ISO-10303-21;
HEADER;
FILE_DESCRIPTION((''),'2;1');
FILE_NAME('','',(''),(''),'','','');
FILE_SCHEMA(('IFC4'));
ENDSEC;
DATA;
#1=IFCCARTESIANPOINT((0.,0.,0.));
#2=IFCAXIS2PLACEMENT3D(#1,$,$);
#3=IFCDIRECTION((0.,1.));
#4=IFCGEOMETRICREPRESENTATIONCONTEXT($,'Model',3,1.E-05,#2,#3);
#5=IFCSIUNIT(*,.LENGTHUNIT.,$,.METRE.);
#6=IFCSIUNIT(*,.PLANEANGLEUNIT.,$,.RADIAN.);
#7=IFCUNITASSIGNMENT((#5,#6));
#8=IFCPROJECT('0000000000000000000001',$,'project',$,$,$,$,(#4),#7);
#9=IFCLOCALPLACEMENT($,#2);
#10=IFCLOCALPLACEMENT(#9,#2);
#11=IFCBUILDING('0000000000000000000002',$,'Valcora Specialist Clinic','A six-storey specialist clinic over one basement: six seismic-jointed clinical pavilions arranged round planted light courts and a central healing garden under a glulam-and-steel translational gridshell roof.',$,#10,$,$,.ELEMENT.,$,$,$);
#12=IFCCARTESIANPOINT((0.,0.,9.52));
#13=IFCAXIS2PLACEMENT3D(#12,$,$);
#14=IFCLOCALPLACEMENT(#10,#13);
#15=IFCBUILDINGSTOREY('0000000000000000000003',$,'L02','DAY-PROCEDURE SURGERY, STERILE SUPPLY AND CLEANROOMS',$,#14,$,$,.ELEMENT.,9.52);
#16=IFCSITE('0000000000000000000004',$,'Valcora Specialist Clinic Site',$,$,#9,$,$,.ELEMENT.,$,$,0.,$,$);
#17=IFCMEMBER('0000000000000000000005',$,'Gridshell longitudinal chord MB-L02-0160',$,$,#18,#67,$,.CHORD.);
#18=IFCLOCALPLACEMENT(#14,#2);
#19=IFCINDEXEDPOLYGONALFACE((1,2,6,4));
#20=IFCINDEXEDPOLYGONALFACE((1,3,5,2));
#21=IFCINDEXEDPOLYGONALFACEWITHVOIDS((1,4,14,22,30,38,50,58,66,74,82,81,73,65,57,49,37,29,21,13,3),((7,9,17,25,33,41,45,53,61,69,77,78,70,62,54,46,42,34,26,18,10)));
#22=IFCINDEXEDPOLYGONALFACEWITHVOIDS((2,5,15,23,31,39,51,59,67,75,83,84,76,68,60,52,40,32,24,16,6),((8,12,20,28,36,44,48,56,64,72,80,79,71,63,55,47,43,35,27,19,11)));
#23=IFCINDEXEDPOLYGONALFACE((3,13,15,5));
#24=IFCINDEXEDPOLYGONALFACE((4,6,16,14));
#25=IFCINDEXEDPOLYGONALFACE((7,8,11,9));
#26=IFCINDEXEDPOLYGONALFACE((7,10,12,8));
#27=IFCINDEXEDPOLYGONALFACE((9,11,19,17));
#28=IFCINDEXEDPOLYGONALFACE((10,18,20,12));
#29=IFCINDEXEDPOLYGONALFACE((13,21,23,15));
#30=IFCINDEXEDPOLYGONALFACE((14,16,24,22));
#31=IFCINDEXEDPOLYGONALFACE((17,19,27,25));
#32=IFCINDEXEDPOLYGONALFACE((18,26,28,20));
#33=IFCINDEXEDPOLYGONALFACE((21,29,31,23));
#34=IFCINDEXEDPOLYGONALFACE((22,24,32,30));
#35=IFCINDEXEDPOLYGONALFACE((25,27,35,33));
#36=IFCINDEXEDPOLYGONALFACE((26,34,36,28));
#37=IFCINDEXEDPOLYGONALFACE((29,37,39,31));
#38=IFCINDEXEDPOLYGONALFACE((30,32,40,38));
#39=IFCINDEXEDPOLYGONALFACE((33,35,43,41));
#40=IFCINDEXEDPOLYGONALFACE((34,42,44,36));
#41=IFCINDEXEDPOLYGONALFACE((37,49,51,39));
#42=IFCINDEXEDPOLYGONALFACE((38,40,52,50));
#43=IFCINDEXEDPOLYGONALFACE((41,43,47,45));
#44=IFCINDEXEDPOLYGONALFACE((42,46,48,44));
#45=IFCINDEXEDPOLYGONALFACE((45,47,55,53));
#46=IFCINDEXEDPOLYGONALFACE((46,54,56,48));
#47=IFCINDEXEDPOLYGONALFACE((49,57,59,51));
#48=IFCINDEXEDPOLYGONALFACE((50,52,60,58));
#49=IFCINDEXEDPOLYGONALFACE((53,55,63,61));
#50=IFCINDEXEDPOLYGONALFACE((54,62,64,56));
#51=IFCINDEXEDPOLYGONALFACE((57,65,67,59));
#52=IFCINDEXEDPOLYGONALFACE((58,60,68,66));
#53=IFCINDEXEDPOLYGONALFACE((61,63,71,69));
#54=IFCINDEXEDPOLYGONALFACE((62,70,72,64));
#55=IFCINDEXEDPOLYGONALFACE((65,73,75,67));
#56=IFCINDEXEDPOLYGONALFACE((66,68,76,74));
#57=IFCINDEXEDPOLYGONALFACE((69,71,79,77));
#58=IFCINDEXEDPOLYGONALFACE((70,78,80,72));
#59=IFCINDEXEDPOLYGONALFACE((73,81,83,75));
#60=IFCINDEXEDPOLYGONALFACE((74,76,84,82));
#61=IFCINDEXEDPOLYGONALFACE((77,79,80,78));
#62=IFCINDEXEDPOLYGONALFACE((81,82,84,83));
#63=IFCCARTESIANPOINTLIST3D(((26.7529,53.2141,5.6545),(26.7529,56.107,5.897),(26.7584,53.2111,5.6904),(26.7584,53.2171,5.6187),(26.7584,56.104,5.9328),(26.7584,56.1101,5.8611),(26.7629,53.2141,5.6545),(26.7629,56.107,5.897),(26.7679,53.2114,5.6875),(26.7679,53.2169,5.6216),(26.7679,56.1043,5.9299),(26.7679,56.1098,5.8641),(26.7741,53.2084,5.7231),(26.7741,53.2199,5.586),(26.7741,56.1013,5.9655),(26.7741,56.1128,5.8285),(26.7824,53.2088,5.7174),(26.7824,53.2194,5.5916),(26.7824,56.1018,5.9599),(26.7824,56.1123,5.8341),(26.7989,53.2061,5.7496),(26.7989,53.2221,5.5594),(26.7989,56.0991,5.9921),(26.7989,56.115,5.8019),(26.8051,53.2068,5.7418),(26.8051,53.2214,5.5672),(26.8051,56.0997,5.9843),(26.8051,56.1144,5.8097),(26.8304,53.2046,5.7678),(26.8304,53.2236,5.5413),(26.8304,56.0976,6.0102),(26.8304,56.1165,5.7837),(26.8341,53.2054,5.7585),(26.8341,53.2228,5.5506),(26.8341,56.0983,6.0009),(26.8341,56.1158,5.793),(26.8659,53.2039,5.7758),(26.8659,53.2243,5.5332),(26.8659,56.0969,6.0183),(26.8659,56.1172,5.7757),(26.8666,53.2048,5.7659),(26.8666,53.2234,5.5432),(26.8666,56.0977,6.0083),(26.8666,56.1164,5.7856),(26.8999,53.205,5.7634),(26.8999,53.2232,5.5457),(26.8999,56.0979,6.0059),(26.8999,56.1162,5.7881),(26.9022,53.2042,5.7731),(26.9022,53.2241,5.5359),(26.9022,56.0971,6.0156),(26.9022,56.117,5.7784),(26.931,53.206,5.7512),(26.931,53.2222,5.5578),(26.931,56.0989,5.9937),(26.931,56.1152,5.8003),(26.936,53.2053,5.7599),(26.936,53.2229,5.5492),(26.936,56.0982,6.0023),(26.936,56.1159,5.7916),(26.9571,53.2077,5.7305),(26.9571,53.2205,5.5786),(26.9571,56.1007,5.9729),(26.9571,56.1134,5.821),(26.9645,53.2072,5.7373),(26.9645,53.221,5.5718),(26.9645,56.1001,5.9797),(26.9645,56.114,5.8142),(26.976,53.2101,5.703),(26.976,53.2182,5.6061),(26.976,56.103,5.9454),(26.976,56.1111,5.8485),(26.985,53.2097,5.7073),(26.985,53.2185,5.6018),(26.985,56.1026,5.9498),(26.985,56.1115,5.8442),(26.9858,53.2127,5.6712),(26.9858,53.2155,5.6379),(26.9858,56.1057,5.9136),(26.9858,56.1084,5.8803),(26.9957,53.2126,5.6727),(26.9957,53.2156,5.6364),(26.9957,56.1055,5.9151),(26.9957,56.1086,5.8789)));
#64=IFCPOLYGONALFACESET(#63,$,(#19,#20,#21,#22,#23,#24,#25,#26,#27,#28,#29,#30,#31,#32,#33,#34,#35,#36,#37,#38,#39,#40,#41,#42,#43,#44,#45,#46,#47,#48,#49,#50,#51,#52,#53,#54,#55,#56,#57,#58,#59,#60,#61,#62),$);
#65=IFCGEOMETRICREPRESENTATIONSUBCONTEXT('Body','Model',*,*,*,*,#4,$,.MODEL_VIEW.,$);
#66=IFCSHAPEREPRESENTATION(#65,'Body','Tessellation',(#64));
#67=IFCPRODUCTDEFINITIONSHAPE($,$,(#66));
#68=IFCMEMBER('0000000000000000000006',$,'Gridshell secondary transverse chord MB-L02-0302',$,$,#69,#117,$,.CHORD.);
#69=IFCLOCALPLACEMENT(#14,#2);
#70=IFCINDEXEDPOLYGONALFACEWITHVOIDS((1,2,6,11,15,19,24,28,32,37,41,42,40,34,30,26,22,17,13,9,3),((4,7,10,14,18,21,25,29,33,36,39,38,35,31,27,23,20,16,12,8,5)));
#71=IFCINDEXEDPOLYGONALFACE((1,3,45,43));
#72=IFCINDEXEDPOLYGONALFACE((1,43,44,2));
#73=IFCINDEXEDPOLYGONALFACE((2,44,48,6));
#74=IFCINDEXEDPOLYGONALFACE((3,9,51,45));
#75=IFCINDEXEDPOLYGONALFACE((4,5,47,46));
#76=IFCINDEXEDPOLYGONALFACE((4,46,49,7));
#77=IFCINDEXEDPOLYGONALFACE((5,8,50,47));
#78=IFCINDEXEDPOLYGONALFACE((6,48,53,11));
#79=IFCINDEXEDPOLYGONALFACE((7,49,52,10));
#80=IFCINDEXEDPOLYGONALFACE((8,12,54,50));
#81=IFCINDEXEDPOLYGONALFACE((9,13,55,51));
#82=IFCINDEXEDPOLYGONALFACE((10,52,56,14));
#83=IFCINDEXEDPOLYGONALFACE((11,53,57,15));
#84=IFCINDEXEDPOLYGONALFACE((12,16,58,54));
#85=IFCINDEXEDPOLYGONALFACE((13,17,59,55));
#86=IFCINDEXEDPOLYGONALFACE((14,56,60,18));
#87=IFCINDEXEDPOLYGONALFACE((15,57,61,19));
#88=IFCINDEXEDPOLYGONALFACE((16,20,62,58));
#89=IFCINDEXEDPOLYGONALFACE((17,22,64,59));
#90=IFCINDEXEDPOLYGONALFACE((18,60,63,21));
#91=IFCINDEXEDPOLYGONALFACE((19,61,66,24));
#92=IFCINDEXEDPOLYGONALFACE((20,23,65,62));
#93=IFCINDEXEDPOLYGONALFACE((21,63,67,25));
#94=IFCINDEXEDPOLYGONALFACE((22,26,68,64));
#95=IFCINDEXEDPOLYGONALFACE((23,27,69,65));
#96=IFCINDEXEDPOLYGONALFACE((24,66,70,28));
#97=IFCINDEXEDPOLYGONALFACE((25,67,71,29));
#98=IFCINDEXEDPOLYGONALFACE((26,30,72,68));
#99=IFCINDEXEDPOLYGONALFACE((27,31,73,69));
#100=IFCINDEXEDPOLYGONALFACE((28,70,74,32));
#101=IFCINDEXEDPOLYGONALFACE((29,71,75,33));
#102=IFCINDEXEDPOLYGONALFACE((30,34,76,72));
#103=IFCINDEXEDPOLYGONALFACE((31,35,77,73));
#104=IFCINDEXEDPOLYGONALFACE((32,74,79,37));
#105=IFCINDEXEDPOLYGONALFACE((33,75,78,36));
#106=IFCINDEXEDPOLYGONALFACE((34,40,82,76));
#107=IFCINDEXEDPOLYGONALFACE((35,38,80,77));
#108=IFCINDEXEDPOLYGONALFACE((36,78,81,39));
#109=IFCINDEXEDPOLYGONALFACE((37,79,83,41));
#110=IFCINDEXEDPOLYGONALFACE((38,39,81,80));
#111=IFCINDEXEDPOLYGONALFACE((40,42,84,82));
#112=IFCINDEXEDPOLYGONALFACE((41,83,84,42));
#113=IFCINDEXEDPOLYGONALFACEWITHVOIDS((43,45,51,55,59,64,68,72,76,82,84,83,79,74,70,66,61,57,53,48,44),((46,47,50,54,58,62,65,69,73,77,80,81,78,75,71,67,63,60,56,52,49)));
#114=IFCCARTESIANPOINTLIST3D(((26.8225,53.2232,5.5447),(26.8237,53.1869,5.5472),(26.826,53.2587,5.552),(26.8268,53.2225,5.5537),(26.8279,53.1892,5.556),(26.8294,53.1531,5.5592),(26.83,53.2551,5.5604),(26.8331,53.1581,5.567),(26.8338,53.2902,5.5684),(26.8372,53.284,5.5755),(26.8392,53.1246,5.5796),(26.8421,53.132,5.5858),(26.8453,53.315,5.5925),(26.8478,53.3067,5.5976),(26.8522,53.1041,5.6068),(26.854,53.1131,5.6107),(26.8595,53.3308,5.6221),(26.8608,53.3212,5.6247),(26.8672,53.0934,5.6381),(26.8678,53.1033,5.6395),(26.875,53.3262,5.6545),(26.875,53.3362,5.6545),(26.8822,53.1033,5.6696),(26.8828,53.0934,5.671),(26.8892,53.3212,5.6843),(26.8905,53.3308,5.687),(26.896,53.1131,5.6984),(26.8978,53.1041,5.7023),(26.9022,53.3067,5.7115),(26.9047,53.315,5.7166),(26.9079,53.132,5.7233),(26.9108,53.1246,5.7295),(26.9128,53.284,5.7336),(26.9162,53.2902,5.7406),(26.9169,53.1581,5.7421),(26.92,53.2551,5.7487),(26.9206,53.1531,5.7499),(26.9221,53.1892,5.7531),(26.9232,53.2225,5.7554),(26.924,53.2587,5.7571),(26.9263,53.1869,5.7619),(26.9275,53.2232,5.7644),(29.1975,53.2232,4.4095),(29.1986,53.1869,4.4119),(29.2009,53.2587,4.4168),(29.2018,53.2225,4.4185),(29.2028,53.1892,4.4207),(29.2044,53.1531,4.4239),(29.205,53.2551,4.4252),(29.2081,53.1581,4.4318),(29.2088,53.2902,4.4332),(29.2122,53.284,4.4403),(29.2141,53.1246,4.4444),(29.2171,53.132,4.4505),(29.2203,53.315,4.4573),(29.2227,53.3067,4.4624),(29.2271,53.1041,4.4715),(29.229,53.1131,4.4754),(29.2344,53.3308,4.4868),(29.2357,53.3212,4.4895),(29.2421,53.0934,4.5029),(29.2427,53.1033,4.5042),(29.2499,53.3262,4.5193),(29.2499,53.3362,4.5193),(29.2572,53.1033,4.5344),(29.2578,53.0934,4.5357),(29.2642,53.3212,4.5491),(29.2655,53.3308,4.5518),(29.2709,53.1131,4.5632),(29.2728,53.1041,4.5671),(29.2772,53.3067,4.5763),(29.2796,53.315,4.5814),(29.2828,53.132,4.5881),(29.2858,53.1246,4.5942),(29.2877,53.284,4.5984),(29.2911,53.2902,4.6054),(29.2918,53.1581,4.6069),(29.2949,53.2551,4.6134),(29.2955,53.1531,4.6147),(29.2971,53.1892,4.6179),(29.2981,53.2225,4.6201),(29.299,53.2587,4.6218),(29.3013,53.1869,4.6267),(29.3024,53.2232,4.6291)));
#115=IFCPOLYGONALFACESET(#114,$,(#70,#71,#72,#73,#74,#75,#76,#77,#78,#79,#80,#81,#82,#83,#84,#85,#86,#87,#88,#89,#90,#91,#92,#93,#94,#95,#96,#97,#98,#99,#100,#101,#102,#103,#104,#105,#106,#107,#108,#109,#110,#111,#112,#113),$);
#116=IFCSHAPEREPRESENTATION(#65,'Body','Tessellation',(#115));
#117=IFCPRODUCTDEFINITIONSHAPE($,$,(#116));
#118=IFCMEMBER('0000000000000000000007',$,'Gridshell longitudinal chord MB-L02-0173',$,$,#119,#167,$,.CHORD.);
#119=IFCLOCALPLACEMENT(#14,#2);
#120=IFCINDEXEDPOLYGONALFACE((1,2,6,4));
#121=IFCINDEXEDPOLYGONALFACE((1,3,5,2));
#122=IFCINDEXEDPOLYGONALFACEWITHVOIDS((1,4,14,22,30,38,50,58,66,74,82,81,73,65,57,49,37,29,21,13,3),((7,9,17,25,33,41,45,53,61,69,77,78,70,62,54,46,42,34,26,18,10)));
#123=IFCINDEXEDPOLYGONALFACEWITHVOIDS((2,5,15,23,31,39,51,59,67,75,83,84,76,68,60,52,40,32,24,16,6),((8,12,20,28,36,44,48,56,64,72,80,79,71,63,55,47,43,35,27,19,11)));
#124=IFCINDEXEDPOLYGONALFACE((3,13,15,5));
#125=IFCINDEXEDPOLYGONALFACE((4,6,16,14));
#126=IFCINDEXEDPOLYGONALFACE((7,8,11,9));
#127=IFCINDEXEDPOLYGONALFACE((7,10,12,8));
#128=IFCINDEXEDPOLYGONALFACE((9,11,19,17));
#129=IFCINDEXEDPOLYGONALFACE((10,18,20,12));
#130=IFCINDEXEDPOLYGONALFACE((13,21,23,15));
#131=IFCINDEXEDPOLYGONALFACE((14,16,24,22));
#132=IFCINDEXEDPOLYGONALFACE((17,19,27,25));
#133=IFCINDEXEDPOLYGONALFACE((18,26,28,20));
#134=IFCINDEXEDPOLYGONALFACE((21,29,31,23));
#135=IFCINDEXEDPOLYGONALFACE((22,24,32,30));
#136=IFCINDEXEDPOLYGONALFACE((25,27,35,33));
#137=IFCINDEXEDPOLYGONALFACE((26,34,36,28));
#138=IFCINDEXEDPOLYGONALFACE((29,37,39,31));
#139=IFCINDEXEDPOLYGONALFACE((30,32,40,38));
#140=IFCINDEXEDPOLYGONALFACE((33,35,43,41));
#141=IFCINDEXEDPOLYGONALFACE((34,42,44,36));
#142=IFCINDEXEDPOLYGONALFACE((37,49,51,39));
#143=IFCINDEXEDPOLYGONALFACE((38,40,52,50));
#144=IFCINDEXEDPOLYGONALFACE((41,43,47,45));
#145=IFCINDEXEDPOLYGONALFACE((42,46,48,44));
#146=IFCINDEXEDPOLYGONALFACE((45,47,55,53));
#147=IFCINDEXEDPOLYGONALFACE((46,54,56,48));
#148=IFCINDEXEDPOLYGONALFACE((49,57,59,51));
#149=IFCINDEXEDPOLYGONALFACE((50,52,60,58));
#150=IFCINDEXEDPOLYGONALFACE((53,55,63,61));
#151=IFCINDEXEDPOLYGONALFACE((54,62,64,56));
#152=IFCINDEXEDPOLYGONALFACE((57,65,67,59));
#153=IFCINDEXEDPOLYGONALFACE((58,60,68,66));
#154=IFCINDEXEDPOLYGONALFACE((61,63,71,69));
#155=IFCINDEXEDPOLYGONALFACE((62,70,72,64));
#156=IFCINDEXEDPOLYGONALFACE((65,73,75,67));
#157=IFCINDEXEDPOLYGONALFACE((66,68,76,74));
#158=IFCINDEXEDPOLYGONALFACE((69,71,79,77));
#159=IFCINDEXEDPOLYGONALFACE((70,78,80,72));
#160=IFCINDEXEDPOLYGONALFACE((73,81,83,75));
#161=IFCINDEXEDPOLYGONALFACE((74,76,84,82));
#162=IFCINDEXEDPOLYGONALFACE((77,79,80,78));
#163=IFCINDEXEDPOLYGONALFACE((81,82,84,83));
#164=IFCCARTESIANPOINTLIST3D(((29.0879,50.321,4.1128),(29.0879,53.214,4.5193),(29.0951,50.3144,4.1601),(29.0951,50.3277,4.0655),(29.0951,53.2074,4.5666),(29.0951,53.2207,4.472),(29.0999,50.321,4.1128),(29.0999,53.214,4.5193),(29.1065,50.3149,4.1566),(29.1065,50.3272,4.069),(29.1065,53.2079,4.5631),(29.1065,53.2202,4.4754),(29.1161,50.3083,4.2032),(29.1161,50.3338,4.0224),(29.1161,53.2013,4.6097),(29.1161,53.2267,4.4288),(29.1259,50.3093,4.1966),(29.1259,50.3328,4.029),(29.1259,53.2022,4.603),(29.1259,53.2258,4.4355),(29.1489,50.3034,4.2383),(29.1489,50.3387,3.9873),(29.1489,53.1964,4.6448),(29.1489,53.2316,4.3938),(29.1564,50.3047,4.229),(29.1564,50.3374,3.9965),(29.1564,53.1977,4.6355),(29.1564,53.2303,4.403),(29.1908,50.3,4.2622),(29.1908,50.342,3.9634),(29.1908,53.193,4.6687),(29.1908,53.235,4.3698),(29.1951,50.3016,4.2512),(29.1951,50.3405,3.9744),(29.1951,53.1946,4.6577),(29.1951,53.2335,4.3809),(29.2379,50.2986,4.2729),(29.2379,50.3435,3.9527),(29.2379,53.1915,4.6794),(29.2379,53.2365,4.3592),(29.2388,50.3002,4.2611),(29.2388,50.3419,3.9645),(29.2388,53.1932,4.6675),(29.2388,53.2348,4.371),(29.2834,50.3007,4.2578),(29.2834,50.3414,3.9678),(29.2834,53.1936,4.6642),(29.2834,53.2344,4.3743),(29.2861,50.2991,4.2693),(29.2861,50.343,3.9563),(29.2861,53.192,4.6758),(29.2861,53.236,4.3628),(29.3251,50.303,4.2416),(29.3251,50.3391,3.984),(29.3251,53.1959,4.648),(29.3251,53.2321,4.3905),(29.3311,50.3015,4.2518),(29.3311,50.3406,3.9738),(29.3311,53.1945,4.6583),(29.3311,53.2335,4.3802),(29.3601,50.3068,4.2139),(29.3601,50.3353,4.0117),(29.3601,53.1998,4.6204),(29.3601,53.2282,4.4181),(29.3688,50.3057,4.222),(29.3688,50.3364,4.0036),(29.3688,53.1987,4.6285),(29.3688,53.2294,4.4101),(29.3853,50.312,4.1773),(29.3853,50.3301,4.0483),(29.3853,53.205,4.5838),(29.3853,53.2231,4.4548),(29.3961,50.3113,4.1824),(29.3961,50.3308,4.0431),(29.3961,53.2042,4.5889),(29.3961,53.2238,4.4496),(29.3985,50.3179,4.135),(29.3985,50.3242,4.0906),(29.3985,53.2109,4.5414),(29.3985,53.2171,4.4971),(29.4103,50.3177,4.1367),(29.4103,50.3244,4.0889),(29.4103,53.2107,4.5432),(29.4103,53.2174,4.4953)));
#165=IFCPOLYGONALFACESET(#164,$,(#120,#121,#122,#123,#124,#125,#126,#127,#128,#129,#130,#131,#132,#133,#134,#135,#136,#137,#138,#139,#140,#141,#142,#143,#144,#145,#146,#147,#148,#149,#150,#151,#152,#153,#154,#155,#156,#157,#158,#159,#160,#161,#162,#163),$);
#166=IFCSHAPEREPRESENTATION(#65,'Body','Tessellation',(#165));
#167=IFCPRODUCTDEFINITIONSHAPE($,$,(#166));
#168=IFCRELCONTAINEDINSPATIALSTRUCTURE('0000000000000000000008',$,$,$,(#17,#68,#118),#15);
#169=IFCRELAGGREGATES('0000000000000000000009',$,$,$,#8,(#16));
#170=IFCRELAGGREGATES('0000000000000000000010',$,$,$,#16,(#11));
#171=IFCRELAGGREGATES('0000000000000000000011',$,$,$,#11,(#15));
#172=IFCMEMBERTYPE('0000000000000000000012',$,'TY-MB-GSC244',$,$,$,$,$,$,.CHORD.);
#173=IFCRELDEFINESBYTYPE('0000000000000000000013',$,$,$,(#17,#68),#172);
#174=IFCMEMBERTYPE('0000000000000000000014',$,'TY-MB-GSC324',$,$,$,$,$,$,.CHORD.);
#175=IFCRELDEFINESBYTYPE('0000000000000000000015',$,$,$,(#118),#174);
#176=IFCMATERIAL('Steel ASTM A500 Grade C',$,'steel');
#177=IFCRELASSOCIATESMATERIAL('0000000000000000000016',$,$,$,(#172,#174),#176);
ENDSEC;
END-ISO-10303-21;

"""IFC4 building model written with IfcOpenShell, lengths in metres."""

from ifc_helpers import new_model, si_unit, direction, frame, origin, origin_2d, place, context, subcontext, project, spatial, hollow_circle, extrude, material, material_profile, profile_set, type_object, element, save


model = new_model("IFC4")

# Units and contexts
model_context = context("Model", 3, precision=1e-05, world=origin(), true_north=direction((0.0, 1.0)))
body_context = subcontext(model_context, "Body", "Model", "MODEL_VIEW")
ifc_project = project(units=[si_unit("LENGTHUNIT", "METRE"), si_unit("PLANEANGLEUNIT", "RADIAN")], contexts=[model_context])

# Site, building, storey
site_placement = place(None, origin())
site = spatial("IfcSite", under=ifc_project, at=site_placement, Name="Valcora Specialist Clinic Site", CompositionType="ELEMENT", RefElevation=0.0)
building_placement = place(site_placement, origin())
building = spatial("IfcBuilding", under=site, at=building_placement, Name="Valcora Specialist Clinic", Description="A six-storey specialist clinic over one basement: six seismic-jointed clinical pavilions arranged round planted light courts and a central healing garden under a glulam-and-steel translational gridshell roof.", CompositionType="ELEMENT")
storey_placement = place(building_placement, frame((0.0, 0.0, 9.52)))
storey = spatial("IfcBuildingStorey", under=building, at=storey_placement, Name="L02", Description="DAY-PROCEDURE SURGERY, STERILE SUPPLY AND CLEANROOMS", CompositionType="ELEMENT", Elevation=9.52)

# Members
ifc_material_1 = material(Name="Steel ASTM A500 Grade C", Category="steel")
ifc_material_profile_1 = material_profile(ifc_material_1, hollow_circle(Radius=0.1221, WallThickness=0.01, at=origin_2d()), Name="ST-CHS-244X10")
ifc_profile_set_1 = profile_set([ifc_material_profile_1], Name="Steel ASTM A500 Grade C")
member_type_1 = type_object("IfcMemberType", Name="TY-MB-GSC244", PredefinedType="CHORD", material=ifc_profile_set_1)
member_1_placement = place(storey_placement, frame((26.875, 53.2141, 5.6545), z_axis=(0.0, 0.996507, 0.083512), x_axis=(-1.0, 0.0, 0.0)))
element("IfcMember", 1, at=member_1_placement, inside=storey, type_object=member_type_1, Name="Gridshell longitudinal chord MB-L02-0160", PredefinedType="CHORD", context=body_context, shape_type="SweptSolid", body=[
    extrude(hollow_circle(Radius=0.1221, WallThickness=0.01, at=origin_2d()), origin(), (0.0, 0.0, 1.0), 2.9031),
])
member_2_placement = place(storey_placement, frame((26.875, 53.2141, 5.6545), z_axis=(0.902225, 0.0, -0.431265), x_axis=(0.0, 1.0, 0.0)))
element("IfcMember", 2, at=member_2_placement, inside=storey, type_object=member_type_1, Name="Gridshell secondary transverse chord MB-L02-0302", PredefinedType="CHORD", context=body_context, shape_type="SweptSolid", body=[
    extrude(hollow_circle(Radius=0.1221, WallThickness=0.01, at=origin_2d()), origin(), (0.0, 0.0, 1.0), 2.6323),
])
ifc_material_profile_2 = material_profile(ifc_material_1, hollow_circle(Radius=0.1621, WallThickness=0.012, at=origin_2d()), Name="ST-CHS-324X12")
ifc_profile_set_2 = profile_set([ifc_material_profile_2], Name="Steel ASTM A500 Grade C")
member_type_2 = type_object("IfcMemberType", Name="TY-MB-GSC324", PredefinedType="CHORD", material=ifc_profile_set_2)
member_3_placement = place(storey_placement, frame((29.25, 50.321, 4.1128), z_axis=(0.0, 0.990273, 0.13914), x_axis=(-1.0, 0.0, 0.0)))
element("IfcMember", 3, at=member_3_placement, inside=storey, type_object=member_type_2, Name="Gridshell longitudinal chord MB-L02-0173", PredefinedType="CHORD", context=body_context, shape_type="SweptSolid", body=[
    extrude(hollow_circle(Radius=0.1621, WallThickness=0.012, at=origin_2d()), origin(), (0.0, 0.0, 1.0), 2.9214),
])

save(model, "model.ifc")
